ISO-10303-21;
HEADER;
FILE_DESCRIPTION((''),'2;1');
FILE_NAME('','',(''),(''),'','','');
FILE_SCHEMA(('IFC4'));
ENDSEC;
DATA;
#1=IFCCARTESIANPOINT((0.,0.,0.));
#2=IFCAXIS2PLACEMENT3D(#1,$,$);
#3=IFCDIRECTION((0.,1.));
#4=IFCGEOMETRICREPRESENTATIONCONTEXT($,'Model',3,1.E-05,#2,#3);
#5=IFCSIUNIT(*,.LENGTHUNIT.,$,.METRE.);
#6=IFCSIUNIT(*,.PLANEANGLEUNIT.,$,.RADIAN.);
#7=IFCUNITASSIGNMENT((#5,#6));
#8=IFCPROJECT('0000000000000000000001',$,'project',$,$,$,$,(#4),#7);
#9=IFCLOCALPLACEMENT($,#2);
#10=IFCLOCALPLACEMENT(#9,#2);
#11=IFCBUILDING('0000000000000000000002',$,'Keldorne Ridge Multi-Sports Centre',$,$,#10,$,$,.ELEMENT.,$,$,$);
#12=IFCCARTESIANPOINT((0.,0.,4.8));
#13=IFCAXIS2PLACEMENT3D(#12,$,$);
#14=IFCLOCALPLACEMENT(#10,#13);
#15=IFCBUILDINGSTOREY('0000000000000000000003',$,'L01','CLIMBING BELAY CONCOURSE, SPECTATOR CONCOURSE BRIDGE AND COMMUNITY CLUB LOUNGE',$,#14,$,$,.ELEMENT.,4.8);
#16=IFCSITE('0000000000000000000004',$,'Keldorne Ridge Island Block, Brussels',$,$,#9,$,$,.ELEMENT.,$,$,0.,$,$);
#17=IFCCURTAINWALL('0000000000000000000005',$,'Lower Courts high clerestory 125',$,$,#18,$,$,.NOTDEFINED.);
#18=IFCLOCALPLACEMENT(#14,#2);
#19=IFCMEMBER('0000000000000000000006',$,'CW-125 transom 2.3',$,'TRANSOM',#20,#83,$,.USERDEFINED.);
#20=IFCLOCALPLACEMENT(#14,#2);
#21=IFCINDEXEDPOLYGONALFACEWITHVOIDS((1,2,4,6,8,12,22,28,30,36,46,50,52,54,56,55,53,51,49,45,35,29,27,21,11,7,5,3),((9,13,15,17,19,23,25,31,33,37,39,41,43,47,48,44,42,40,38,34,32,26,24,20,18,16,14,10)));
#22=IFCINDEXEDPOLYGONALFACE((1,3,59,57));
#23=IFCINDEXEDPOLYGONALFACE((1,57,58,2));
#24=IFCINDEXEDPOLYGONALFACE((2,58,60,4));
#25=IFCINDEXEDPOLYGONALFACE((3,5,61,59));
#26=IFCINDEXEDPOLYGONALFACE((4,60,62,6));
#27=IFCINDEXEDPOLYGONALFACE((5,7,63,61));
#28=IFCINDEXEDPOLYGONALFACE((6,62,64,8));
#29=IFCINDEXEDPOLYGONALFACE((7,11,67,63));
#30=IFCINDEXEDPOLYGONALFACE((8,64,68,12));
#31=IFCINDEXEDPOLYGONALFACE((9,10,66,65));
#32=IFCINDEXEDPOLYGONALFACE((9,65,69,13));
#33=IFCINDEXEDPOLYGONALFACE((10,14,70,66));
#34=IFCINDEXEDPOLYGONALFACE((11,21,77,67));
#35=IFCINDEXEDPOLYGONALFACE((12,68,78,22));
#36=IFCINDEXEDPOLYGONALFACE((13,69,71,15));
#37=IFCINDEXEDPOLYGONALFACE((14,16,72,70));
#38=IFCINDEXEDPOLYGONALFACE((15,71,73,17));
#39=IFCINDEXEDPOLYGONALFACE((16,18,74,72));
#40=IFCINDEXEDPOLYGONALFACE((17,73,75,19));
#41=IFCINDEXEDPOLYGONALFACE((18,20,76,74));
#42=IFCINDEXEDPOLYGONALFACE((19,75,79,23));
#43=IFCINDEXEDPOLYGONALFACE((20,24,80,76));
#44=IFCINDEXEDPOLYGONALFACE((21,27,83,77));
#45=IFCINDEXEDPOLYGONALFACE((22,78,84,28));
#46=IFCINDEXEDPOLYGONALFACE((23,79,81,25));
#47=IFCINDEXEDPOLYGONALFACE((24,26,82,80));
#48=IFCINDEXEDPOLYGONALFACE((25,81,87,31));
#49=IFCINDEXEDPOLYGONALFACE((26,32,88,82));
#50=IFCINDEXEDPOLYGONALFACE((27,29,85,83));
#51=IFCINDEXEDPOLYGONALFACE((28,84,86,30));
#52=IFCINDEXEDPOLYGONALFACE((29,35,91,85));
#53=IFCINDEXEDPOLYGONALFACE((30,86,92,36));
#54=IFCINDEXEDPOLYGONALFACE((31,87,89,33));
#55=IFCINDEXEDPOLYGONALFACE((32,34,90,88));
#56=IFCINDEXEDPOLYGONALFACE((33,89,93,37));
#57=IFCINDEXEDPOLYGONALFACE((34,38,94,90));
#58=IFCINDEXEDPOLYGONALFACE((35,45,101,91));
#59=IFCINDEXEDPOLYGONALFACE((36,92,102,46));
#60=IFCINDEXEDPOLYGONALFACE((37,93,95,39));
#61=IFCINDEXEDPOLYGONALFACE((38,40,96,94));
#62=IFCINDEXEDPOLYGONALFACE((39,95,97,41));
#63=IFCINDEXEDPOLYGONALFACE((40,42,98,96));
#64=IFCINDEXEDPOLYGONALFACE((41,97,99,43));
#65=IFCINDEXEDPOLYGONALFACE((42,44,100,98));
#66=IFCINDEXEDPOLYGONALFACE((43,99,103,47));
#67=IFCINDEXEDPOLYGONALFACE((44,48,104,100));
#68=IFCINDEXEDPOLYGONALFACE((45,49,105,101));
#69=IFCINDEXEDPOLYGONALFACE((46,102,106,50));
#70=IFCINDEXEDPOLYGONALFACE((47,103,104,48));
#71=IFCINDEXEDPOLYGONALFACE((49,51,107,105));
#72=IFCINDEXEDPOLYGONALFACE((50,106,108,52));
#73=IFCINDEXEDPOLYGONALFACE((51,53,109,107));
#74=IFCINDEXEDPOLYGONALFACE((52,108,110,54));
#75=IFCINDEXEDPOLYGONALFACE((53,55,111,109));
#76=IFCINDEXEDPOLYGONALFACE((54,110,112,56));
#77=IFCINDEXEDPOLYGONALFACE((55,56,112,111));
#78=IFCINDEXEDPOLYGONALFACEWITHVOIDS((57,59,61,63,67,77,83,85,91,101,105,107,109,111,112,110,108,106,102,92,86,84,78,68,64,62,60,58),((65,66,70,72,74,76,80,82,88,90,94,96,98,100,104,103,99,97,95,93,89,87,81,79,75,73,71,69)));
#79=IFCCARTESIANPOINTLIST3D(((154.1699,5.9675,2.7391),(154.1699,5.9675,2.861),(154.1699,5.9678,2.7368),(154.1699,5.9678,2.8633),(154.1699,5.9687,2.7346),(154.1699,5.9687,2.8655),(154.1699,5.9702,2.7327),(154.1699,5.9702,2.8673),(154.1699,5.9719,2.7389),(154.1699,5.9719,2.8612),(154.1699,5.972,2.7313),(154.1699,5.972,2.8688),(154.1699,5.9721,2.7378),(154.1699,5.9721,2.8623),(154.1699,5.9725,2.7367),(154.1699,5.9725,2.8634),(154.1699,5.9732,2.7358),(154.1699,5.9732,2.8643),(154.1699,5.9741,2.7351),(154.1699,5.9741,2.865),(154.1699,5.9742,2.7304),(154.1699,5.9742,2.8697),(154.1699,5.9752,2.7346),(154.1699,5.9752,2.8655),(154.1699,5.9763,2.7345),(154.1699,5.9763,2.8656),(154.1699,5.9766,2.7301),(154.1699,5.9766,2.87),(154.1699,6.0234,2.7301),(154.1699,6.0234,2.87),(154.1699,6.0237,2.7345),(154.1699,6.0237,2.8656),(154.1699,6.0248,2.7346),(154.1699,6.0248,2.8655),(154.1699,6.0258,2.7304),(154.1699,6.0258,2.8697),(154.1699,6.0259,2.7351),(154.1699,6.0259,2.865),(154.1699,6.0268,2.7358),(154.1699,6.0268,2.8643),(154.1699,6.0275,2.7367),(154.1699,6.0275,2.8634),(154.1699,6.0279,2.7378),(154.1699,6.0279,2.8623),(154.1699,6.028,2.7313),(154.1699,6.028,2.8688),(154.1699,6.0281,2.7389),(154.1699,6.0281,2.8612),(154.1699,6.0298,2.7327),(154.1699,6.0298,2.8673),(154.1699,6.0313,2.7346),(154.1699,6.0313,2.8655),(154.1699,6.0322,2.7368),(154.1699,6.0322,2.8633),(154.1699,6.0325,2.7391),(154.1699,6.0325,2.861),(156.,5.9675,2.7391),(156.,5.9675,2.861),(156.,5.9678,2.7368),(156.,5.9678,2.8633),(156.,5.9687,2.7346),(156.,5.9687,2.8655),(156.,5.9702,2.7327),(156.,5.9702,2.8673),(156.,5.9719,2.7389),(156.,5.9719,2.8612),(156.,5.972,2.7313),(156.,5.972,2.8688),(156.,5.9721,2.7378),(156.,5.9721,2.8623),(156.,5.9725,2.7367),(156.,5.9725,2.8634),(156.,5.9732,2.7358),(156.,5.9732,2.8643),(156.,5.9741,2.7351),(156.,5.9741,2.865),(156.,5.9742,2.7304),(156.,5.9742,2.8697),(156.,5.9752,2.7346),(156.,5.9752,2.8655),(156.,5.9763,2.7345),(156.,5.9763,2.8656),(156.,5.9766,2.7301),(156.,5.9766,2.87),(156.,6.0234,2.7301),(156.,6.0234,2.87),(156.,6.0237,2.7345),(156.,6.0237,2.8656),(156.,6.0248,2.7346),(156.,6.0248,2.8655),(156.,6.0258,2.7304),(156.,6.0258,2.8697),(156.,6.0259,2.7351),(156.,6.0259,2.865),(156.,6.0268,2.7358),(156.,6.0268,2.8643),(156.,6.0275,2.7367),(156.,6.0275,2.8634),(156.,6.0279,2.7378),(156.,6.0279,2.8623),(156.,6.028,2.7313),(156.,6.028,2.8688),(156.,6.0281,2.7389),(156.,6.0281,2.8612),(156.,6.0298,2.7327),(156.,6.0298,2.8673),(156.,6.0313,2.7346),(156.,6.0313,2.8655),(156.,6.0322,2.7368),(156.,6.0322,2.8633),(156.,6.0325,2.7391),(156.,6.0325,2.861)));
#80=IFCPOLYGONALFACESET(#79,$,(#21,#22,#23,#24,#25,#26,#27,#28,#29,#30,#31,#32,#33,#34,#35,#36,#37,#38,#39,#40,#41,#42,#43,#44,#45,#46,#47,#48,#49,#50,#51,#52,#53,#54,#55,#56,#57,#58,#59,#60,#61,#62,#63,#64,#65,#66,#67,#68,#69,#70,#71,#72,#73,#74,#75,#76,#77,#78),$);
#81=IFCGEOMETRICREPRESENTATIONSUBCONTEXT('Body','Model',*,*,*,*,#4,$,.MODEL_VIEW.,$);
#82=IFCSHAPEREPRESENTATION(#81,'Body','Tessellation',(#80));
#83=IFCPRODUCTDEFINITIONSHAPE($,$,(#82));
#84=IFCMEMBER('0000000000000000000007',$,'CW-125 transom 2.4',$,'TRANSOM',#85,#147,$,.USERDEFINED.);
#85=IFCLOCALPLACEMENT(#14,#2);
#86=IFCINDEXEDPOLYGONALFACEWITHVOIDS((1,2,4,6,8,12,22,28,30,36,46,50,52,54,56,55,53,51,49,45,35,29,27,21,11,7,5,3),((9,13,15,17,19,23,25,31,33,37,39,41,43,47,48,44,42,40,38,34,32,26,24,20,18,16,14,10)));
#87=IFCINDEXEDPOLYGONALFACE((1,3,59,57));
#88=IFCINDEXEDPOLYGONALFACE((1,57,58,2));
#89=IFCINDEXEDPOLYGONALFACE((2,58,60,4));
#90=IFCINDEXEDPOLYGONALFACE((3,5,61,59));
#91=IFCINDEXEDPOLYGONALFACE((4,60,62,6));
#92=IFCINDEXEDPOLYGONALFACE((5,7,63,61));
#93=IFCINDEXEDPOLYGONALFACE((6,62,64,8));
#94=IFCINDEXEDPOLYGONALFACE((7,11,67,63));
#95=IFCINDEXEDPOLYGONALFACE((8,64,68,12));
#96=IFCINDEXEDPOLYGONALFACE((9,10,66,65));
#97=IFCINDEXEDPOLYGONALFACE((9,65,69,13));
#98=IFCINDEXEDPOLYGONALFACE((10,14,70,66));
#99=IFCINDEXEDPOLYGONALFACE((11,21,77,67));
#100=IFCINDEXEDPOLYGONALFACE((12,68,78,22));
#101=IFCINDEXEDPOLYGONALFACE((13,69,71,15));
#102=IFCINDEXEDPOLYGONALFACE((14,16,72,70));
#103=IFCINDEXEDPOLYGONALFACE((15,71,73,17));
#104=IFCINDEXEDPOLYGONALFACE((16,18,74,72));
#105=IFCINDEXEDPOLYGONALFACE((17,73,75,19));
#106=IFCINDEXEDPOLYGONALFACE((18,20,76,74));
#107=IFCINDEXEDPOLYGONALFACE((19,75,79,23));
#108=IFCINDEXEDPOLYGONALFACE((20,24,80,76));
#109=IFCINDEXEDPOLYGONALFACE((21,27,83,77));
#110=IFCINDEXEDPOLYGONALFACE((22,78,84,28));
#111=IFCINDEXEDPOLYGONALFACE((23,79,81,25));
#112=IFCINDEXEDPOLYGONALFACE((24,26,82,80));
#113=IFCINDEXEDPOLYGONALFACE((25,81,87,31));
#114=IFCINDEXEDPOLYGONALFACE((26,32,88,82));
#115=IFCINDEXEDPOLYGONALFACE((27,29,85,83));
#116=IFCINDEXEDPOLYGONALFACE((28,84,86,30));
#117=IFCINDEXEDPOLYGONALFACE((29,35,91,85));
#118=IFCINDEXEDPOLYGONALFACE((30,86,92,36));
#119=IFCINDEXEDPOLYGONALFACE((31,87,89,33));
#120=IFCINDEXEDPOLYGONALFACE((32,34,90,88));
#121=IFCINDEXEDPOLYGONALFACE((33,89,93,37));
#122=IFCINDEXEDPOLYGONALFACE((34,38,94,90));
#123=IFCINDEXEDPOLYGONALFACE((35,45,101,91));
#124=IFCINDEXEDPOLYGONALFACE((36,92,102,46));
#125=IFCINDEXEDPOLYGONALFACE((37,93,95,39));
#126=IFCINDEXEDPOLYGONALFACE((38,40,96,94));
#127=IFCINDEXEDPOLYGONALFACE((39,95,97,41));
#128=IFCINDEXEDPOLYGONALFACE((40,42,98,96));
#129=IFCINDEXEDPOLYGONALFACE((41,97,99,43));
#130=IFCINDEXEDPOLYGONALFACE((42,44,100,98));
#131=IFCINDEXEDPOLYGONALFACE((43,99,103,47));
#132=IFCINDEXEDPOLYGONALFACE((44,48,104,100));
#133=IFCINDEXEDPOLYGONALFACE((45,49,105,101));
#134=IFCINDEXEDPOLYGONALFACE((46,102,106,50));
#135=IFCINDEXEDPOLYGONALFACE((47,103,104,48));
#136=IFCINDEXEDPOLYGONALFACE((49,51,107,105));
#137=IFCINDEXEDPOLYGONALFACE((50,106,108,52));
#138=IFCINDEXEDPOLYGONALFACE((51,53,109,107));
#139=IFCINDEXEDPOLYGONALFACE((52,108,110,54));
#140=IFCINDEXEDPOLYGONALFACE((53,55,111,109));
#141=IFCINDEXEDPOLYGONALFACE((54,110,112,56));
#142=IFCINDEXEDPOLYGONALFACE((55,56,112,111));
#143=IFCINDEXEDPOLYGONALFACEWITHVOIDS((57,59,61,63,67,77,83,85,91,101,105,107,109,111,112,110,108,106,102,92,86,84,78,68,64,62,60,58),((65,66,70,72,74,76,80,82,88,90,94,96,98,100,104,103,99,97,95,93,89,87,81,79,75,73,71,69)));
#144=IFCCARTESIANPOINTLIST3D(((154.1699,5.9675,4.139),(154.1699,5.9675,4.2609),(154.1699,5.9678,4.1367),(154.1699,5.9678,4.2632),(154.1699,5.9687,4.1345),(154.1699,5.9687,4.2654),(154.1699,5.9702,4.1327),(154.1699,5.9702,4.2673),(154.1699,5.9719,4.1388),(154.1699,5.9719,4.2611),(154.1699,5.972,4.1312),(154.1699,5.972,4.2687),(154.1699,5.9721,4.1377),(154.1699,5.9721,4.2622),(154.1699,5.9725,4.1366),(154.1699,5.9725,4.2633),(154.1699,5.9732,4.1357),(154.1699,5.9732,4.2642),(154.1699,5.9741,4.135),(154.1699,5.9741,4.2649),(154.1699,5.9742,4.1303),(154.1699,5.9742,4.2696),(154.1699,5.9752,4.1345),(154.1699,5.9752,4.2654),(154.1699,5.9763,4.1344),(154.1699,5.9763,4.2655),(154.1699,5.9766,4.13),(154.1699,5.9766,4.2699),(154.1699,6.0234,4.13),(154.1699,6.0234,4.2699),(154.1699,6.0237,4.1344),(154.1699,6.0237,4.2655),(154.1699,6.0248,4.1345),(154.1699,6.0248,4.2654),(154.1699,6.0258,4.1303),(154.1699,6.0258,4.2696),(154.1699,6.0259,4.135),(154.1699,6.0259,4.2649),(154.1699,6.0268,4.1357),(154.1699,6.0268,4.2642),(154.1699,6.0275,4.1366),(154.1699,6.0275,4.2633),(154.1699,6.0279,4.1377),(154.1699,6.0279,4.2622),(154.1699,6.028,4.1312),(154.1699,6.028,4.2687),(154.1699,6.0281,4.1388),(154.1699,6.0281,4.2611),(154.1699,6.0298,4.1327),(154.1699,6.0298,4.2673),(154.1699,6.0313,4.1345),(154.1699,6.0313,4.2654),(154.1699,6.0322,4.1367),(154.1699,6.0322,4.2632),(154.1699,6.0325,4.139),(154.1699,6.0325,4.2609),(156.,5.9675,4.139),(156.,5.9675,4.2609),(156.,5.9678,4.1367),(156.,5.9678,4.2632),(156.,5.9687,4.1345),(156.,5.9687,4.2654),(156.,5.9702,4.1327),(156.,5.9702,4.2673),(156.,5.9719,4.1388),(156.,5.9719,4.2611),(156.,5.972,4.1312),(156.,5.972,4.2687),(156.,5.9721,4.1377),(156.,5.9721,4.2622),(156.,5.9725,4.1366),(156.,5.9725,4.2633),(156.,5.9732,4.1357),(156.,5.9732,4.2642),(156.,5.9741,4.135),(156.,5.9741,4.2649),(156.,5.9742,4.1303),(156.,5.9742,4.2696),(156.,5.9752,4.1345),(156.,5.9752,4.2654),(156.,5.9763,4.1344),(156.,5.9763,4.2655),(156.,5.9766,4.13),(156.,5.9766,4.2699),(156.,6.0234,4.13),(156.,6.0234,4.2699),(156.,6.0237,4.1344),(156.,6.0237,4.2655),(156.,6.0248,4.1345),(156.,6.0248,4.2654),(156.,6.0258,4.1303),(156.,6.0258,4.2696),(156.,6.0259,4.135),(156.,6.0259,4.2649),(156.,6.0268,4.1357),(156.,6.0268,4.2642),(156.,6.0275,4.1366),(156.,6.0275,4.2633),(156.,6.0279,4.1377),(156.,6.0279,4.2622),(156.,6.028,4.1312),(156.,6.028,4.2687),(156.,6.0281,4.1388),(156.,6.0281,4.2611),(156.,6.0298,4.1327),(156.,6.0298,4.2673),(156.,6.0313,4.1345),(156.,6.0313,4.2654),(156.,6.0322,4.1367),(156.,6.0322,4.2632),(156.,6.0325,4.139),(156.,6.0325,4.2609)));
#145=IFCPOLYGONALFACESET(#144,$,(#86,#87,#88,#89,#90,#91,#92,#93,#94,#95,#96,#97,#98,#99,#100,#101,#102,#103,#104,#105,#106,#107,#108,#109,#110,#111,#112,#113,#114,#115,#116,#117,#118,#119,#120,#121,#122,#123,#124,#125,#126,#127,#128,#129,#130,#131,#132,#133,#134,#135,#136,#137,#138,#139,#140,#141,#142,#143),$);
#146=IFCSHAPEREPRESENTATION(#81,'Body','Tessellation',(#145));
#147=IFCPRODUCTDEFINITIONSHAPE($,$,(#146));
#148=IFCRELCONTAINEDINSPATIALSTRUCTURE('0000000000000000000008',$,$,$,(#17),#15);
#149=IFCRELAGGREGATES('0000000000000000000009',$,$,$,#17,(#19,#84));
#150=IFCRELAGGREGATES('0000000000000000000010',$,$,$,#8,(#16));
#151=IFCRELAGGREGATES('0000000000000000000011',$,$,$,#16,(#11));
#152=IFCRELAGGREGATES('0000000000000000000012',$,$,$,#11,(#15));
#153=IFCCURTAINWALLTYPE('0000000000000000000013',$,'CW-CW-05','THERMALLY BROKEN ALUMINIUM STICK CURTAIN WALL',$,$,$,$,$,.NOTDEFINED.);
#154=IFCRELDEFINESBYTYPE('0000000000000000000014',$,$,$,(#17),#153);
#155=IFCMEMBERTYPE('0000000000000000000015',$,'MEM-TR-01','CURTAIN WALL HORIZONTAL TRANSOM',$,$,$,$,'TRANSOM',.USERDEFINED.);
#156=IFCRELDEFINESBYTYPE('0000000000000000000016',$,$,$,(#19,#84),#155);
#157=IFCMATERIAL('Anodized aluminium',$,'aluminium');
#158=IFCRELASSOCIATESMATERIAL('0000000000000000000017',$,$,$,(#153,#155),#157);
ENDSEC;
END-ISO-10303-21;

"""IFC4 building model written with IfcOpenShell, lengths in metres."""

from ifc_helpers import new_model, si_unit, direction, frame, origin, origin_2d, place, context, subcontext, project, spatial, hollow_rectangle, extrude, material, material_profile, profile_set, type_object, element, aggregate, save


model = new_model("IFC4")

# Units and contexts
model_context = context("Model", 3, precision=1e-05, world=origin(), true_north=direction((0.0, 1.0)))
body_context = subcontext(model_context, "Body", "Model", "MODEL_VIEW")
ifc_project = project(units=[si_unit("LENGTHUNIT", "METRE"), si_unit("PLANEANGLEUNIT", "RADIAN")], contexts=[model_context])

# Site, building, storey
site_placement = place(None, origin())
site = spatial("IfcSite", under=ifc_project, at=site_placement, Name="Keldorne Ridge Island Block, Brussels", CompositionType="ELEMENT", RefElevation=0.0)
building_placement = place(site_placement, origin())
building = spatial("IfcBuilding", under=site, at=building_placement, Name="Keldorne Ridge Multi-Sports Centre", CompositionType="ELEMENT")
storey_placement = place(building_placement, frame((0.0, 0.0, 4.8)))
storey = spatial("IfcBuildingStorey", under=building, at=storey_placement, Name="L01", Description="CLIMBING BELAY CONCOURSE, SPECTATOR CONCOURSE BRIDGE AND COMMUNITY CLUB LOUNGE", CompositionType="ELEMENT", Elevation=4.8)

# Curtain wall, members
ifc_material_1 = material(Name="Anodized aluminium", Category="aluminium")
curtain_wall_type = type_object("IfcCurtainWallType", Name="CW-CW-05", Description="THERMALLY BROKEN ALUMINIUM STICK CURTAIN WALL", PredefinedType="NOTDEFINED", material=ifc_material_1)
curtain_wall_placement = place(storey_placement, origin())
curtain_wall = element("IfcCurtainWall", 1, at=curtain_wall_placement, inside=storey, type_object=curtain_wall_type, Name="Lower Courts high clerestory 125", PredefinedType="NOTDEFINED")
ifc_material_profile_1 = material_profile(ifc_material_1, hollow_rectangle(XDim=0.0649, YDim=0.1399, WallThickness=0.0044, InnerFilletRadius=0.0044, OuterFilletRadius=0.009, at=origin_2d()), Name="ALU TRANSOM 140x65x4.5")
ifc_profile_set_1 = profile_set([ifc_material_profile_1], Name="Anodized aluminium")
member_type_1 = type_object("IfcMemberType", Name="MEM-TR-01", Description="CURTAIN WALL HORIZONTAL TRANSOM", ElementType="TRANSOM", PredefinedType="USERDEFINED", material=ifc_profile_set_1)
member_1_placement = place(storey_placement, frame((154.1699, 6.0, 2.8), z_axis=(1.0, 0.0, 0.0), x_axis=(0.0, 1.0, 0.0)))
member_1 = element("IfcMember", 2, at=member_1_placement, type_object=member_type_1, Name="CW-125 transom 2.3", ObjectType="TRANSOM", PredefinedType="USERDEFINED", context=body_context, shape_type="SweptSolid", body=[
    extrude(hollow_rectangle(XDim=0.0649, YDim=0.1399, WallThickness=0.0044, InnerFilletRadius=0.0044, OuterFilletRadius=0.009, at=origin_2d()), origin(), (0.0, 0.0, 1.0), 1.8301),
])
member_2_placement = place(storey_placement, frame((154.1699, 6.0, 4.2), z_axis=(1.0, 0.0, 0.0), x_axis=(0.0, 1.0, 0.0)))
member_2 = element("IfcMember", 3, at=member_2_placement, type_object=member_type_1, Name="CW-125 transom 2.4", ObjectType="TRANSOM", PredefinedType="USERDEFINED", context=body_context, shape_type="SweptSolid", body=[
    extrude(hollow_rectangle(XDim=0.0649, YDim=0.1399, WallThickness=0.0044, InnerFilletRadius=0.0044, OuterFilletRadius=0.009, at=origin_2d()), origin(), (0.0, 0.0, 1.0), 1.8301),
])
aggregate(curtain_wall, [member_1, member_2])

save(model, "model.ifc")
